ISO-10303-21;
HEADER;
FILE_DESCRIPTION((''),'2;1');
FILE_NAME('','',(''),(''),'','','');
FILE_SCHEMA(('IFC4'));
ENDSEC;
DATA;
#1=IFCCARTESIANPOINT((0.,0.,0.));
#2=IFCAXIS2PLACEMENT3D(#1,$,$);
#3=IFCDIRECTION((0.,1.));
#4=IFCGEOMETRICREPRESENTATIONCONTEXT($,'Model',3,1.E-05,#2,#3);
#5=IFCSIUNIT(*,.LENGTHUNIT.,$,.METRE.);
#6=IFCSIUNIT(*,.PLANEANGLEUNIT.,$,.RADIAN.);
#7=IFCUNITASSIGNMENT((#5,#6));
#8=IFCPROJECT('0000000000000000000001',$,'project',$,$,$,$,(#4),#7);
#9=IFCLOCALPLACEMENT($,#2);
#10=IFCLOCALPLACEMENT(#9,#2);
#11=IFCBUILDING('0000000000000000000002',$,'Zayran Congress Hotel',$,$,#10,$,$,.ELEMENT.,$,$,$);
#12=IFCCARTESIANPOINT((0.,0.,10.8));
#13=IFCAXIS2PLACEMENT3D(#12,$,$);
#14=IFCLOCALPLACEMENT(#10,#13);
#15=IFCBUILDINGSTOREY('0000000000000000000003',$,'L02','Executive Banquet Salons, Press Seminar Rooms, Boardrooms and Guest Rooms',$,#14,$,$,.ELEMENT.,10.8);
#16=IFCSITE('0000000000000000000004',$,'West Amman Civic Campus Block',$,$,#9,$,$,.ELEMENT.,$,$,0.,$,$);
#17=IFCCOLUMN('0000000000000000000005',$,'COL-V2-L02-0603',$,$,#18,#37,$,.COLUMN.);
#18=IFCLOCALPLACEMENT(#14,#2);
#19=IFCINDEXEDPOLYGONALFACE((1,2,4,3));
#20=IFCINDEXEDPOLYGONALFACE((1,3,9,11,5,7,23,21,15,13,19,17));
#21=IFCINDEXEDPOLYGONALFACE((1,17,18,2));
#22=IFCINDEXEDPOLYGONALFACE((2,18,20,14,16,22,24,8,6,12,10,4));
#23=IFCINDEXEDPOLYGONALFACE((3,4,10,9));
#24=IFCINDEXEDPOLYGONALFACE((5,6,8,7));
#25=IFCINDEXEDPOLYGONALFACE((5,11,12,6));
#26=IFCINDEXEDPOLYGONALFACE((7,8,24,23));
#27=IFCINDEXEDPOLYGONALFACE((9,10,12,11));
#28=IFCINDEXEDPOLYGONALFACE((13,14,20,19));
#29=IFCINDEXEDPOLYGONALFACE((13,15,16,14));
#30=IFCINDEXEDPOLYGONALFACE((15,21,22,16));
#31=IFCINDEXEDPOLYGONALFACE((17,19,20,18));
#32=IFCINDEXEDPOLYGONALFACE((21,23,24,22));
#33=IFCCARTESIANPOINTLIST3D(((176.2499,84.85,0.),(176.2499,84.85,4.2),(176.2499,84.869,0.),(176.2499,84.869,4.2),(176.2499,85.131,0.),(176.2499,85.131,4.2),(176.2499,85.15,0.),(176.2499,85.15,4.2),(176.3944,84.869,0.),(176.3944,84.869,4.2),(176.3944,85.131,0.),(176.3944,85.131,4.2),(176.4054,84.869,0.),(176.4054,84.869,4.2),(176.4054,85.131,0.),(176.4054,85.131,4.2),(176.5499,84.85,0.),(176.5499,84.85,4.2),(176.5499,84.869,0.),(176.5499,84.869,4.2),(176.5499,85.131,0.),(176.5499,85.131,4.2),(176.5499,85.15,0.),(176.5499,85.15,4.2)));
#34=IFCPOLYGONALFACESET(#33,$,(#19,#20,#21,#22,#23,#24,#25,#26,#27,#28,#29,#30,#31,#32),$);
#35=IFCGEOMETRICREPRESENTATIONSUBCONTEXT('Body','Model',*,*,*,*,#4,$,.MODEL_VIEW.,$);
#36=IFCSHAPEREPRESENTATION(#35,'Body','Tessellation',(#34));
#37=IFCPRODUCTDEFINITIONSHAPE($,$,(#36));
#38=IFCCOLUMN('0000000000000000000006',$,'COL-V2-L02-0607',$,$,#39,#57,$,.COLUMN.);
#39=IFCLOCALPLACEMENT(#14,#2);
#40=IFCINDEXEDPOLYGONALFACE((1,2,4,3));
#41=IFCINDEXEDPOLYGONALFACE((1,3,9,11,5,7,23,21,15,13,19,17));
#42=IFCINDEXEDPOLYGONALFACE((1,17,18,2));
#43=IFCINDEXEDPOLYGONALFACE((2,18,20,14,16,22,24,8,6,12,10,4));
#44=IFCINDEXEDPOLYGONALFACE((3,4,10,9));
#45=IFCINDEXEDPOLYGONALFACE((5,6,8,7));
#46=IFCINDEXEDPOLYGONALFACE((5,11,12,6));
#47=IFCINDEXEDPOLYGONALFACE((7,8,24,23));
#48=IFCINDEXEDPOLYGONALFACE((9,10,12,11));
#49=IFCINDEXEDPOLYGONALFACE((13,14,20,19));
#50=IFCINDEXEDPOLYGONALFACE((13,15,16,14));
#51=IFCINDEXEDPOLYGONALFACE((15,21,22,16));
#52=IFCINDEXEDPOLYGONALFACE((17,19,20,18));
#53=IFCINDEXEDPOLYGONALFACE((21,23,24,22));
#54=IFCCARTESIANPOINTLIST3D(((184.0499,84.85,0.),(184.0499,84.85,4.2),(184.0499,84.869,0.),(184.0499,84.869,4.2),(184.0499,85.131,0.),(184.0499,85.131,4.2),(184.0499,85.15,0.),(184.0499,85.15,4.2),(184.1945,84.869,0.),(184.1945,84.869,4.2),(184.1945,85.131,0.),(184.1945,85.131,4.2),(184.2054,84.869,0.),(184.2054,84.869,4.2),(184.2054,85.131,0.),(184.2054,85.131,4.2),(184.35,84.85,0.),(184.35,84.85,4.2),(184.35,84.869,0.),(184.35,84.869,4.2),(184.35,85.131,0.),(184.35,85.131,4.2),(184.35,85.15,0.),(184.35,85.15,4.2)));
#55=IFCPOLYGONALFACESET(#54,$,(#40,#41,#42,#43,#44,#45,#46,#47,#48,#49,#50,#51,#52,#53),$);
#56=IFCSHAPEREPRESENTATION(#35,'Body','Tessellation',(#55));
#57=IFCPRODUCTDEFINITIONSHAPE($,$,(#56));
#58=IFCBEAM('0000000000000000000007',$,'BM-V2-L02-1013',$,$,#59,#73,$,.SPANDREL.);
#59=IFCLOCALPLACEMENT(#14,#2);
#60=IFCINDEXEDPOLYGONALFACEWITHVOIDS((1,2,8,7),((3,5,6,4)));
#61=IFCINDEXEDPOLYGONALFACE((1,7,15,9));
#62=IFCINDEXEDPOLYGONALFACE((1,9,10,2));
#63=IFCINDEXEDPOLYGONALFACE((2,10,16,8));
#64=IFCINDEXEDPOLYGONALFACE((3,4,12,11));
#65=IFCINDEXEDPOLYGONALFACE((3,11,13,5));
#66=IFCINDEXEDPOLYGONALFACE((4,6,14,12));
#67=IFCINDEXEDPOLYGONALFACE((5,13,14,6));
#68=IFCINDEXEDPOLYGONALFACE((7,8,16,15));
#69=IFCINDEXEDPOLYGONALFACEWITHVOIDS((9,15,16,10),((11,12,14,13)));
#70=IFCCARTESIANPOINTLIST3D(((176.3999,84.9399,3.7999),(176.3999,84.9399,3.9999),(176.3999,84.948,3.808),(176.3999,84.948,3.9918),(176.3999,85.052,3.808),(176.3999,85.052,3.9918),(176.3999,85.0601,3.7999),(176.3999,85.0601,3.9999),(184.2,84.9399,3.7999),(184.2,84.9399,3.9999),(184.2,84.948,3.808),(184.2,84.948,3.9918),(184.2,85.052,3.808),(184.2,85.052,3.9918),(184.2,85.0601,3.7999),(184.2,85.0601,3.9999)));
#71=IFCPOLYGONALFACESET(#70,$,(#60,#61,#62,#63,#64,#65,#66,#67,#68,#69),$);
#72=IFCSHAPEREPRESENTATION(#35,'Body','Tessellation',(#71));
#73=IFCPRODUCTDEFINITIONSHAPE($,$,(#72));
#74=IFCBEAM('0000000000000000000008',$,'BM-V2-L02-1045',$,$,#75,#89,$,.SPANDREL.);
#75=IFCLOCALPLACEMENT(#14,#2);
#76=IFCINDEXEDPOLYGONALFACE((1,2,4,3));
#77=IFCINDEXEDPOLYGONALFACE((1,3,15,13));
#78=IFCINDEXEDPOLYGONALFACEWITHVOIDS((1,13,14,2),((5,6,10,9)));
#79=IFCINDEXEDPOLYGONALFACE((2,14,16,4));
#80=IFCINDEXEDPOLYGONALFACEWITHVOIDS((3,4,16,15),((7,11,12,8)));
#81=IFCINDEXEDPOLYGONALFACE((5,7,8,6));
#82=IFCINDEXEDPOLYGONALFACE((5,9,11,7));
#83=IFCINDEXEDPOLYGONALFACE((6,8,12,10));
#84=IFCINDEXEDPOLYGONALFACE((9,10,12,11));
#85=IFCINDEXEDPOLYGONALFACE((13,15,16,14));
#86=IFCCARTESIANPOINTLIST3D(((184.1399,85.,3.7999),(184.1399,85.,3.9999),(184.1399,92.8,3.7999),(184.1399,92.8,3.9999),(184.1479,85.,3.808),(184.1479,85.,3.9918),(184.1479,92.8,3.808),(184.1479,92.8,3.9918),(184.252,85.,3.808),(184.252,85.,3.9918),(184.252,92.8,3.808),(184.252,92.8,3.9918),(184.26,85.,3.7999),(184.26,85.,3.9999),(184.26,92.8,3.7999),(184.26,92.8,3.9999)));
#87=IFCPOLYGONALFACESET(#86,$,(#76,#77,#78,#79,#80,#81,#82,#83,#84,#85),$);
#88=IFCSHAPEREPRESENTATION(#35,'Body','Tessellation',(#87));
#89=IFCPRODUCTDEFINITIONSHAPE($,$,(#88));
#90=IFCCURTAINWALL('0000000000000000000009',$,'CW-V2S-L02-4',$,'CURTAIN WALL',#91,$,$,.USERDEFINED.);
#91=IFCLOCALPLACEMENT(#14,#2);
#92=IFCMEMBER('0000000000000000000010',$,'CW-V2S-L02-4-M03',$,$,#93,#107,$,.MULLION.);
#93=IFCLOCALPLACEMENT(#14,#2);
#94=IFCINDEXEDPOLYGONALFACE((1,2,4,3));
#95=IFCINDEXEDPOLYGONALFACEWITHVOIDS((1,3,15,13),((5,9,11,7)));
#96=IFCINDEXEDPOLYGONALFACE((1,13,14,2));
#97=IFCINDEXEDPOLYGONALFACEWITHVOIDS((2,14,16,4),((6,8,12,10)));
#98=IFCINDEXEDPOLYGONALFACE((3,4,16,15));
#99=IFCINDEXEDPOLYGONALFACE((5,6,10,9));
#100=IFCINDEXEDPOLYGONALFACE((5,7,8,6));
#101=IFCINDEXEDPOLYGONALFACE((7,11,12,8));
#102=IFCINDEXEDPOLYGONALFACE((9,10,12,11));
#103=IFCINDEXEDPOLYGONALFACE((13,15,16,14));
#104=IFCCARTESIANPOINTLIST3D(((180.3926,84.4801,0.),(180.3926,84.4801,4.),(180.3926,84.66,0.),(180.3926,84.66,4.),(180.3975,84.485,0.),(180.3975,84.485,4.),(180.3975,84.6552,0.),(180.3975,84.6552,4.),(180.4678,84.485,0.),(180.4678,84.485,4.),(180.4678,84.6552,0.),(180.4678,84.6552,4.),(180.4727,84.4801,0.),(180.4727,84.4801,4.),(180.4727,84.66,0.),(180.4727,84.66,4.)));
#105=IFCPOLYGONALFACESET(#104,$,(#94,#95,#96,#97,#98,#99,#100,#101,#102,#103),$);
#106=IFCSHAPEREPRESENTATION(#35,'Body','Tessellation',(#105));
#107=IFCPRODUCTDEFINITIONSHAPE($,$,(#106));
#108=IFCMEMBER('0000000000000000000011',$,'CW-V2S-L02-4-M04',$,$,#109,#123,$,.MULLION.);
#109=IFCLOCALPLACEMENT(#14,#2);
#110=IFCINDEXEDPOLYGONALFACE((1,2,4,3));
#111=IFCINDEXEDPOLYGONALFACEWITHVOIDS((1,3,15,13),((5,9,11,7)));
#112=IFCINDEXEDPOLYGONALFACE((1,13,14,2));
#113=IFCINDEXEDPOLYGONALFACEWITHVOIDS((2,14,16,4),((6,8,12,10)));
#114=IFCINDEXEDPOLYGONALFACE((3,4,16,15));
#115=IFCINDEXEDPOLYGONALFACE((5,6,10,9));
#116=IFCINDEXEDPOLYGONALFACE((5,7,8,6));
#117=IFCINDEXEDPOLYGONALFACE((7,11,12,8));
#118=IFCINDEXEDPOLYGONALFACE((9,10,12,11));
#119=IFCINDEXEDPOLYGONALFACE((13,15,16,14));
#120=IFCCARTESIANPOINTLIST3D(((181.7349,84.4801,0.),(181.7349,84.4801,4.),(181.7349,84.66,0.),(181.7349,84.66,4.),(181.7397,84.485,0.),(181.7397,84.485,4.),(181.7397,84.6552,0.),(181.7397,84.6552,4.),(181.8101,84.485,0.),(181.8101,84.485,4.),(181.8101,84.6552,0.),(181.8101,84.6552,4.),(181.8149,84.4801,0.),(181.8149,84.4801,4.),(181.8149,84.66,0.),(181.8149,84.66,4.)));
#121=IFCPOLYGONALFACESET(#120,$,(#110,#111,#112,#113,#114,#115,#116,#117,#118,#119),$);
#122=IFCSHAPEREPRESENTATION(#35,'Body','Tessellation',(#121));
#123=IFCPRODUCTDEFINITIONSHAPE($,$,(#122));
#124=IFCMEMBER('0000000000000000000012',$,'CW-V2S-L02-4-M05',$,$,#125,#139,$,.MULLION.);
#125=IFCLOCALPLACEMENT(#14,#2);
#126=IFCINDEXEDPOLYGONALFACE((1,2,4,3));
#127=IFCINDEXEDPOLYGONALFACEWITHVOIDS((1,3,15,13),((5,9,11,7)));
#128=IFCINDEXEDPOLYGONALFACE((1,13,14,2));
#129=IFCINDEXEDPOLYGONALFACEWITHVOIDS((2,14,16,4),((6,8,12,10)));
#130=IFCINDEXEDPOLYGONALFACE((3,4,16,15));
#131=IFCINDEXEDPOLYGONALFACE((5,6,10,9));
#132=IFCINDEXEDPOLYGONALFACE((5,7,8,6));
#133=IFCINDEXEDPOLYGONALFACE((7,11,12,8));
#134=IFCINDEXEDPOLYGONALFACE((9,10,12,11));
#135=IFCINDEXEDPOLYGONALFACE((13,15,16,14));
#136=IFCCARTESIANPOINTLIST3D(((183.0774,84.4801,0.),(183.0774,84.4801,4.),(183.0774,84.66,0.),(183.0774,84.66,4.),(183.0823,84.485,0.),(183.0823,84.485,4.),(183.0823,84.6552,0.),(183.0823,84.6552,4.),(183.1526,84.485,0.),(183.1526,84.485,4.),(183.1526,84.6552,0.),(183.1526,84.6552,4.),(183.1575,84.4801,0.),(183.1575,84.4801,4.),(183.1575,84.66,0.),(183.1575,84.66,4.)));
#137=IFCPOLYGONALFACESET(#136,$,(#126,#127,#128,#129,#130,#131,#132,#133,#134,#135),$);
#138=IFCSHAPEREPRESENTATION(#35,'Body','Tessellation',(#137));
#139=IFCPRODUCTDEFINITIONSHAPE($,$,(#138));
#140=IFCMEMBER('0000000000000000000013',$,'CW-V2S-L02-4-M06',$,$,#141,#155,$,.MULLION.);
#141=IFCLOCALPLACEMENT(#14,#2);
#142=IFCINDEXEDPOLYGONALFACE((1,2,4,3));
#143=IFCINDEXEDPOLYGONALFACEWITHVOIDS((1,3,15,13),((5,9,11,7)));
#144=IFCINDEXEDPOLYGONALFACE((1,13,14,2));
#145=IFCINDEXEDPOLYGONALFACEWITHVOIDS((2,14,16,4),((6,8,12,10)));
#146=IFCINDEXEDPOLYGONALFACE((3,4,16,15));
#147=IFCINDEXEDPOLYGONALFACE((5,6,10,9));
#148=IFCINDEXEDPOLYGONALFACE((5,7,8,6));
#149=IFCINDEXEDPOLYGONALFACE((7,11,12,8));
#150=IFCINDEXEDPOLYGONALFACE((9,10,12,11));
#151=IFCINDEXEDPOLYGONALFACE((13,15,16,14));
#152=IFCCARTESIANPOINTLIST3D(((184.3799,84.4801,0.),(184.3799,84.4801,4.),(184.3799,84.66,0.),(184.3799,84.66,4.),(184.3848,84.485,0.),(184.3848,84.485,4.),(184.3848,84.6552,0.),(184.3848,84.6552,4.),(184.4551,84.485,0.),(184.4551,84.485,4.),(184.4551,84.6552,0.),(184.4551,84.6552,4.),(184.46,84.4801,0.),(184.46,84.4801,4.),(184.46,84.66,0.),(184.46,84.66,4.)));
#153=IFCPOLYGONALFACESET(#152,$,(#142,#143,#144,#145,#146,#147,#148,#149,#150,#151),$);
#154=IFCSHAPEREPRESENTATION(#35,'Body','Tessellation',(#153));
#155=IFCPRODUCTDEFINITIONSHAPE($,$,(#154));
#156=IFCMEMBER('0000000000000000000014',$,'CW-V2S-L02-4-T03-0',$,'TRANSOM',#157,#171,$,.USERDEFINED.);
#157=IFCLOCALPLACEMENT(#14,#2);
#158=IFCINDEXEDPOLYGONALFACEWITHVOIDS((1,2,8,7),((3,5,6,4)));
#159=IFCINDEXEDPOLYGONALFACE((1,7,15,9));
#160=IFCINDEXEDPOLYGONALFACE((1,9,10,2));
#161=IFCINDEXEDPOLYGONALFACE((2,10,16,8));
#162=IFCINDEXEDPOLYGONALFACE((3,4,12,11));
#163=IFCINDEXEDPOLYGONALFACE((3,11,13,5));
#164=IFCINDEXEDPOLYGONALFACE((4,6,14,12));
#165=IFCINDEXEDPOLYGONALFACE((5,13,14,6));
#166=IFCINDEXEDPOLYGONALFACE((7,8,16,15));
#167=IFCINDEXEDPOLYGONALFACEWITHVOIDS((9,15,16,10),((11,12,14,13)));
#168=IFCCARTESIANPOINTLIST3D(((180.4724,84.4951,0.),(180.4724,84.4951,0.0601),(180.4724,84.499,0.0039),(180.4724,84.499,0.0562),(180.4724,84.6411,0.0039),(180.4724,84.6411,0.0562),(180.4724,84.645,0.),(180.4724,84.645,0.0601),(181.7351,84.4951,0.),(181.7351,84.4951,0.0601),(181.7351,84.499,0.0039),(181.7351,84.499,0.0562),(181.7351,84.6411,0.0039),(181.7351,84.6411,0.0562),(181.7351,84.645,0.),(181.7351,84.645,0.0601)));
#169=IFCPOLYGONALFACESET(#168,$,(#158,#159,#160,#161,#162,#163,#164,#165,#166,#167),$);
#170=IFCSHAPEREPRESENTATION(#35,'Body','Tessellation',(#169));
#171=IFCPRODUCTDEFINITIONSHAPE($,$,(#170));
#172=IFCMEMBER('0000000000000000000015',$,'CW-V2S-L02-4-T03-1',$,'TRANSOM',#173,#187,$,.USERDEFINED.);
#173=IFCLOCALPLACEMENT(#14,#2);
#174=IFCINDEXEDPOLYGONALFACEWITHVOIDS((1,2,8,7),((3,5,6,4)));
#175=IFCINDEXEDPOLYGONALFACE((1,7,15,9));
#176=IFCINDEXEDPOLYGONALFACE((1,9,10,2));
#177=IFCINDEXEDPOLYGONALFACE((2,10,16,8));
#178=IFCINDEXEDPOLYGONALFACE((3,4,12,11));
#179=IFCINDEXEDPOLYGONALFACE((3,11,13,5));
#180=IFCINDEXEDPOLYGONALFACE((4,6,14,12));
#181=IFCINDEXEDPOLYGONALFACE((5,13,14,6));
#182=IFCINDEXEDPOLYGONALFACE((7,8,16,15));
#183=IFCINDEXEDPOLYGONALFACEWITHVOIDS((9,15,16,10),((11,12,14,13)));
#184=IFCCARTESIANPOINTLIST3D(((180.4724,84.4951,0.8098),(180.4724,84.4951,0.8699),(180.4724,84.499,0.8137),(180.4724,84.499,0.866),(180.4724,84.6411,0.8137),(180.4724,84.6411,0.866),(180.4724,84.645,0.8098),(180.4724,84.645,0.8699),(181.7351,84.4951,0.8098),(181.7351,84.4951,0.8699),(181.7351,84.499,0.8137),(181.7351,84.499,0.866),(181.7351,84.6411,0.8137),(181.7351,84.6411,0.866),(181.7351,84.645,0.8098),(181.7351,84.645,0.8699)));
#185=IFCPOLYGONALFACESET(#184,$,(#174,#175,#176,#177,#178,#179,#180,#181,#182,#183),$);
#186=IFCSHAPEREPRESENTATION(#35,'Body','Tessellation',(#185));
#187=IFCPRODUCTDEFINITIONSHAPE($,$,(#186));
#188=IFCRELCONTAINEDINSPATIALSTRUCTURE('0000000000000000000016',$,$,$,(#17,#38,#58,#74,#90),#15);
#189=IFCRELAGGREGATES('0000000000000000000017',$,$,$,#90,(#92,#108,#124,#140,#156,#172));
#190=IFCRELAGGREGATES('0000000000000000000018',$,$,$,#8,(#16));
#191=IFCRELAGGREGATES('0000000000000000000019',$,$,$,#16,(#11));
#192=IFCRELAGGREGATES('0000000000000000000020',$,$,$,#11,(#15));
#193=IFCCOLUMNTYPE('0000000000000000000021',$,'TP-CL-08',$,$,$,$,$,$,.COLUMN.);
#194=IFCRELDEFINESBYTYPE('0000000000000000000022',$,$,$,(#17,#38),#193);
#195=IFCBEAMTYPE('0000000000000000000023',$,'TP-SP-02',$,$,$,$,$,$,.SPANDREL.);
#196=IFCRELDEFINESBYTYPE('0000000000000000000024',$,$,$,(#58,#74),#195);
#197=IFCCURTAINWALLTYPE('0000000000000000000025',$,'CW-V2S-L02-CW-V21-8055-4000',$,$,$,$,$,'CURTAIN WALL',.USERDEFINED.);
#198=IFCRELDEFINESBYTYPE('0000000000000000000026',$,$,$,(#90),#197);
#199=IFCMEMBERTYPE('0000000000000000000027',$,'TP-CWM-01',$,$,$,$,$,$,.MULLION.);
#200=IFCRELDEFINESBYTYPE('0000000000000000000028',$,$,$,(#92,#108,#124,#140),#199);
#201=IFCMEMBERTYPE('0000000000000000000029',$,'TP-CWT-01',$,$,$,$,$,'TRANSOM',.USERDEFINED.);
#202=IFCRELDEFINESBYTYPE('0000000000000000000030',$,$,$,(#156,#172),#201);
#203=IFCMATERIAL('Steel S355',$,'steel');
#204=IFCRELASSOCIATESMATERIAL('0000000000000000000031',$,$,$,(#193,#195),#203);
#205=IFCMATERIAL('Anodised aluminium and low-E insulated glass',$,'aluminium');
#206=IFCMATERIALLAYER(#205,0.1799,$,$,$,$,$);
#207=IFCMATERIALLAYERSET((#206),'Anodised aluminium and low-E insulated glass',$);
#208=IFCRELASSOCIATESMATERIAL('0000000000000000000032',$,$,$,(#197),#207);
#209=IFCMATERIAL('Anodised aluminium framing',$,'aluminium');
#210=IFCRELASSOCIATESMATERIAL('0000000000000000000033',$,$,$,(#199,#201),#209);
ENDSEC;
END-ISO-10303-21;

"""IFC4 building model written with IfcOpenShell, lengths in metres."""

from ifc_helpers import new_model, si_unit, direction, frame, origin, origin_2d, place, context, subcontext, project, spatial, hollow_rectangle, i_section, extrude, material, layer, layer_set, material_profile, profile_set, type_object, element, aggregate, save


model = new_model("IFC4")

# Units and contexts
model_context = context("Model", 3, precision=1e-05, world=origin(), true_north=direction((0.0, 1.0)))
body_context = subcontext(model_context, "Body", "Model", "MODEL_VIEW")
ifc_project = project(units=[si_unit("LENGTHUNIT", "METRE"), si_unit("PLANEANGLEUNIT", "RADIAN")], contexts=[model_context])

# Site, building, storey
site_placement = place(None, origin())
site = spatial("IfcSite", under=ifc_project, at=site_placement, Name="West Amman Civic Campus Block", CompositionType="ELEMENT", RefElevation=0.0)
building_placement = place(site_placement, origin())
building = spatial("IfcBuilding", under=site, at=building_placement, Name="Zayran Congress Hotel", CompositionType="ELEMENT")
storey_placement = place(building_placement, frame((0.0, 0.0, 10.8)))
storey = spatial("IfcBuildingStorey", under=building, at=storey_placement, Name="L02", Description="Executive Banquet Salons, Press Seminar Rooms, Boardrooms and Guest Rooms", CompositionType="ELEMENT", Elevation=10.8)

# Columns
ifc_material_1 = material(Name="Steel S355", Category="steel")
ifc_material_profile_1 = material_profile(ifc_material_1, i_section(OverallWidth=0.3, OverallDepth=0.3, WebThickness=0.011, FlangeThickness=0.019, at=origin_2d()), Name="HEB 300")
ifc_profile_set_1 = profile_set([ifc_material_profile_1], Name="Steel S355")
column_type = type_object("IfcColumnType", Name="TP-CL-08", PredefinedType="COLUMN", material=ifc_profile_set_1)
for number, where, z_axis, x_axis, name in (
    (1, (176.3999, 85.0, 0.0), (0.0, 0.0, 1.0), (1.0, 0.0, 0.0), "COL-V2-L02-0603"),
    (2, (184.2, 85.0, 0.0), (0.0, 0.0, 1.0), (1.0, 0.0, 0.0), "COL-V2-L02-0607"),
):
    element("IfcColumn", number, at=place(storey_placement, frame(where, z_axis=z_axis, x_axis=x_axis)), inside=storey, type_object=column_type, Name=name, PredefinedType="COLUMN", context=body_context, shape_type="SweptSolid", body=[
        extrude(i_section(OverallWidth=0.3, OverallDepth=0.3, WebThickness=0.011, FlangeThickness=0.019, at=origin_2d()), origin(), (0.0, 0.0, 1.0), 4.2),
    ])

# Beams
ifc_material_profile_2 = material_profile(ifc_material_1, hollow_rectangle(XDim=0.1201, YDim=0.2, WallThickness=0.0081, at=origin_2d()), Name="RHS 200x120x8")
ifc_profile_set_2 = profile_set([ifc_material_profile_2], Name="Steel S355")
beam_type = type_object("IfcBeamType", Name="TP-SP-02", PredefinedType="SPANDREL", material=ifc_profile_set_2)
for number, where, z_axis, x_axis, name in (
    (3, (176.3999, 85.0, 3.8999), (1.0, 0.0, 0.0), (0.0, 1.0, 0.0), "BM-V2-L02-1013"),
    (4, (184.2, 85.0, 3.8999), (0.0, 1.0, 0.0), (-1.0, 0.0, 0.0), "BM-V2-L02-1045"),
):
    element("IfcBeam", number, at=place(storey_placement, frame(where, z_axis=z_axis, x_axis=x_axis)), inside=storey, type_object=beam_type, Name=name, PredefinedType="SPANDREL", context=body_context, shape_type="SweptSolid", body=[
        extrude(hollow_rectangle(XDim=0.1201, YDim=0.2, WallThickness=0.0081, at=origin_2d()), origin(), (0.0, 0.0, 1.0), 7.8),
    ])

# Curtain wall, members
ifc_material_2 = material(Name="Anodised aluminium and low-E insulated glass", Category="aluminium")
ifc_layer_1 = layer(ifc_material_2, 0.1799)
ifc_layer_set_1 = layer_set([ifc_layer_1], Name="Anodised aluminium and low-E insulated glass")
curtain_wall_type = type_object("IfcCurtainWallType", Name="CW-V2S-L02-CW-V21-8055-4000", ElementType="CURTAIN WALL", PredefinedType="USERDEFINED", material=ifc_layer_set_1)
curtain_wall_placement = place(storey_placement, origin())
curtain_wall = element("IfcCurtainWall", 5, at=curtain_wall_placement, inside=storey, type_object=curtain_wall_type, Name="CW-V2S-L02-4", ObjectType="CURTAIN WALL", PredefinedType="USERDEFINED")
ifc_material_3 = material(Name="Anodised aluminium framing", Category="aluminium")
ifc_material_profile_3 = material_profile(ifc_material_3, hollow_rectangle(XDim=0.0801, YDim=0.1799, WallThickness=0.0049, at=origin_2d()), Name="RHS 180x80x5")
ifc_profile_set_3 = profile_set([ifc_material_profile_3], Name="Anodised aluminium framing")
member_type_1 = type_object("IfcMemberType", Name="TP-CWM-01", PredefinedType="MULLION", material=ifc_profile_set_3)
member_1_placement = place(storey_placement, frame((180.4326, 84.5701, 0.0), z_axis=(0.0, 0.0, 1.0), x_axis=(1.0, 0.0, 0.0)))
member_1 = element("IfcMember", 6, at=member_1_placement, type_object=member_type_1, Name="CW-V2S-L02-4-M03", PredefinedType="MULLION", context=body_context, shape_type="SweptSolid", body=[
    extrude(hollow_rectangle(XDim=0.0801, YDim=0.1799, WallThickness=0.0049, at=origin_2d()), origin(), (0.0, 0.0, 1.0), 4.0),
])
member_2_placement = place(storey_placement, frame((181.7749, 84.5701, 0.0), z_axis=(0.0, 0.0, 1.0), x_axis=(1.0, 0.0, 0.0)))
member_2 = element("IfcMember", 7, at=member_2_placement, type_object=member_type_1, Name="CW-V2S-L02-4-M04", PredefinedType="MULLION", context=body_context, shape_type="SweptSolid", body=[
    extrude(hollow_rectangle(XDim=0.0801, YDim=0.1799, WallThickness=0.0049, at=origin_2d()), origin(), (0.0, 0.0, 1.0), 4.0),
])
member_3_placement = place(storey_placement, frame((183.1174, 84.5701, 0.0), z_axis=(0.0, 0.0, 1.0), x_axis=(1.0, 0.0, 0.0)))
member_3 = element("IfcMember", 8, at=member_3_placement, type_object=member_type_1, Name="CW-V2S-L02-4-M05", PredefinedType="MULLION", context=body_context, shape_type="SweptSolid", body=[
    extrude(hollow_rectangle(XDim=0.0801, YDim=0.1799, WallThickness=0.0049, at=origin_2d()), origin(), (0.0, 0.0, 1.0), 4.0),
])
member_4_placement = place(storey_placement, frame((184.4199, 84.5701, 0.0), z_axis=(0.0, 0.0, 1.0), x_axis=(1.0, 0.0, 0.0)))
member_4 = element("IfcMember", 9, at=member_4_placement, type_object=member_type_1, Name="CW-V2S-L02-4-M06", PredefinedType="MULLION", context=body_context, shape_type="SweptSolid", body=[
    extrude(hollow_rectangle(XDim=0.0801, YDim=0.1799, WallThickness=0.0049, at=origin_2d()), origin(), (0.0, 0.0, 1.0), 4.0),
])
ifc_material_profile_4 = material_profile(ifc_material_3, hollow_rectangle(XDim=0.0601, YDim=0.1499, WallThickness=0.0039, at=origin_2d()), Name="RHS 150x60x4")
ifc_profile_set_4 = profile_set([ifc_material_profile_4], Name="Anodised aluminium framing")
member_type_2 = type_object("IfcMemberType", Name="TP-CWT-01", ElementType="TRANSOM", PredefinedType="USERDEFINED", material=ifc_profile_set_4)
member_5_placement = place(storey_placement, frame((180.4724, 84.5701, 0.03), z_axis=(1.0, 0.0, 0.0), x_axis=(0.0, 0.0, 1.0)))
member_5 = element("IfcMember", 10, at=member_5_placement, type_object=member_type_2, Name="CW-V2S-L02-4-T03-0", ObjectType="TRANSOM", PredefinedType="USERDEFINED", context=body_context, shape_type="SweptSolid", body=[
    extrude(hollow_rectangle(XDim=0.0601, YDim=0.1499, WallThickness=0.0039, at=origin_2d()), origin(), (0.0, 0.0, 1.0), 1.2627),
])
member_6_placement = place(storey_placement, frame((180.4724, 84.5701, 0.8398), z_axis=(1.0, 0.0, 0.0), x_axis=(0.0, 0.0, 1.0)))
member_6 = element("IfcMember", 11, at=member_6_placement, type_object=member_type_2, Name="CW-V2S-L02-4-T03-1", ObjectType="TRANSOM", PredefinedType="USERDEFINED", context=body_context, shape_type="SweptSolid", body=[
    extrude(hollow_rectangle(XDim=0.0601, YDim=0.1499, WallThickness=0.0039, at=origin_2d()), origin(), (0.0, 0.0, 1.0), 1.2627),
])
aggregate(curtain_wall, [member_1, member_2, member_3, member_4, member_5, member_6])

save(model, "model.ifc")
